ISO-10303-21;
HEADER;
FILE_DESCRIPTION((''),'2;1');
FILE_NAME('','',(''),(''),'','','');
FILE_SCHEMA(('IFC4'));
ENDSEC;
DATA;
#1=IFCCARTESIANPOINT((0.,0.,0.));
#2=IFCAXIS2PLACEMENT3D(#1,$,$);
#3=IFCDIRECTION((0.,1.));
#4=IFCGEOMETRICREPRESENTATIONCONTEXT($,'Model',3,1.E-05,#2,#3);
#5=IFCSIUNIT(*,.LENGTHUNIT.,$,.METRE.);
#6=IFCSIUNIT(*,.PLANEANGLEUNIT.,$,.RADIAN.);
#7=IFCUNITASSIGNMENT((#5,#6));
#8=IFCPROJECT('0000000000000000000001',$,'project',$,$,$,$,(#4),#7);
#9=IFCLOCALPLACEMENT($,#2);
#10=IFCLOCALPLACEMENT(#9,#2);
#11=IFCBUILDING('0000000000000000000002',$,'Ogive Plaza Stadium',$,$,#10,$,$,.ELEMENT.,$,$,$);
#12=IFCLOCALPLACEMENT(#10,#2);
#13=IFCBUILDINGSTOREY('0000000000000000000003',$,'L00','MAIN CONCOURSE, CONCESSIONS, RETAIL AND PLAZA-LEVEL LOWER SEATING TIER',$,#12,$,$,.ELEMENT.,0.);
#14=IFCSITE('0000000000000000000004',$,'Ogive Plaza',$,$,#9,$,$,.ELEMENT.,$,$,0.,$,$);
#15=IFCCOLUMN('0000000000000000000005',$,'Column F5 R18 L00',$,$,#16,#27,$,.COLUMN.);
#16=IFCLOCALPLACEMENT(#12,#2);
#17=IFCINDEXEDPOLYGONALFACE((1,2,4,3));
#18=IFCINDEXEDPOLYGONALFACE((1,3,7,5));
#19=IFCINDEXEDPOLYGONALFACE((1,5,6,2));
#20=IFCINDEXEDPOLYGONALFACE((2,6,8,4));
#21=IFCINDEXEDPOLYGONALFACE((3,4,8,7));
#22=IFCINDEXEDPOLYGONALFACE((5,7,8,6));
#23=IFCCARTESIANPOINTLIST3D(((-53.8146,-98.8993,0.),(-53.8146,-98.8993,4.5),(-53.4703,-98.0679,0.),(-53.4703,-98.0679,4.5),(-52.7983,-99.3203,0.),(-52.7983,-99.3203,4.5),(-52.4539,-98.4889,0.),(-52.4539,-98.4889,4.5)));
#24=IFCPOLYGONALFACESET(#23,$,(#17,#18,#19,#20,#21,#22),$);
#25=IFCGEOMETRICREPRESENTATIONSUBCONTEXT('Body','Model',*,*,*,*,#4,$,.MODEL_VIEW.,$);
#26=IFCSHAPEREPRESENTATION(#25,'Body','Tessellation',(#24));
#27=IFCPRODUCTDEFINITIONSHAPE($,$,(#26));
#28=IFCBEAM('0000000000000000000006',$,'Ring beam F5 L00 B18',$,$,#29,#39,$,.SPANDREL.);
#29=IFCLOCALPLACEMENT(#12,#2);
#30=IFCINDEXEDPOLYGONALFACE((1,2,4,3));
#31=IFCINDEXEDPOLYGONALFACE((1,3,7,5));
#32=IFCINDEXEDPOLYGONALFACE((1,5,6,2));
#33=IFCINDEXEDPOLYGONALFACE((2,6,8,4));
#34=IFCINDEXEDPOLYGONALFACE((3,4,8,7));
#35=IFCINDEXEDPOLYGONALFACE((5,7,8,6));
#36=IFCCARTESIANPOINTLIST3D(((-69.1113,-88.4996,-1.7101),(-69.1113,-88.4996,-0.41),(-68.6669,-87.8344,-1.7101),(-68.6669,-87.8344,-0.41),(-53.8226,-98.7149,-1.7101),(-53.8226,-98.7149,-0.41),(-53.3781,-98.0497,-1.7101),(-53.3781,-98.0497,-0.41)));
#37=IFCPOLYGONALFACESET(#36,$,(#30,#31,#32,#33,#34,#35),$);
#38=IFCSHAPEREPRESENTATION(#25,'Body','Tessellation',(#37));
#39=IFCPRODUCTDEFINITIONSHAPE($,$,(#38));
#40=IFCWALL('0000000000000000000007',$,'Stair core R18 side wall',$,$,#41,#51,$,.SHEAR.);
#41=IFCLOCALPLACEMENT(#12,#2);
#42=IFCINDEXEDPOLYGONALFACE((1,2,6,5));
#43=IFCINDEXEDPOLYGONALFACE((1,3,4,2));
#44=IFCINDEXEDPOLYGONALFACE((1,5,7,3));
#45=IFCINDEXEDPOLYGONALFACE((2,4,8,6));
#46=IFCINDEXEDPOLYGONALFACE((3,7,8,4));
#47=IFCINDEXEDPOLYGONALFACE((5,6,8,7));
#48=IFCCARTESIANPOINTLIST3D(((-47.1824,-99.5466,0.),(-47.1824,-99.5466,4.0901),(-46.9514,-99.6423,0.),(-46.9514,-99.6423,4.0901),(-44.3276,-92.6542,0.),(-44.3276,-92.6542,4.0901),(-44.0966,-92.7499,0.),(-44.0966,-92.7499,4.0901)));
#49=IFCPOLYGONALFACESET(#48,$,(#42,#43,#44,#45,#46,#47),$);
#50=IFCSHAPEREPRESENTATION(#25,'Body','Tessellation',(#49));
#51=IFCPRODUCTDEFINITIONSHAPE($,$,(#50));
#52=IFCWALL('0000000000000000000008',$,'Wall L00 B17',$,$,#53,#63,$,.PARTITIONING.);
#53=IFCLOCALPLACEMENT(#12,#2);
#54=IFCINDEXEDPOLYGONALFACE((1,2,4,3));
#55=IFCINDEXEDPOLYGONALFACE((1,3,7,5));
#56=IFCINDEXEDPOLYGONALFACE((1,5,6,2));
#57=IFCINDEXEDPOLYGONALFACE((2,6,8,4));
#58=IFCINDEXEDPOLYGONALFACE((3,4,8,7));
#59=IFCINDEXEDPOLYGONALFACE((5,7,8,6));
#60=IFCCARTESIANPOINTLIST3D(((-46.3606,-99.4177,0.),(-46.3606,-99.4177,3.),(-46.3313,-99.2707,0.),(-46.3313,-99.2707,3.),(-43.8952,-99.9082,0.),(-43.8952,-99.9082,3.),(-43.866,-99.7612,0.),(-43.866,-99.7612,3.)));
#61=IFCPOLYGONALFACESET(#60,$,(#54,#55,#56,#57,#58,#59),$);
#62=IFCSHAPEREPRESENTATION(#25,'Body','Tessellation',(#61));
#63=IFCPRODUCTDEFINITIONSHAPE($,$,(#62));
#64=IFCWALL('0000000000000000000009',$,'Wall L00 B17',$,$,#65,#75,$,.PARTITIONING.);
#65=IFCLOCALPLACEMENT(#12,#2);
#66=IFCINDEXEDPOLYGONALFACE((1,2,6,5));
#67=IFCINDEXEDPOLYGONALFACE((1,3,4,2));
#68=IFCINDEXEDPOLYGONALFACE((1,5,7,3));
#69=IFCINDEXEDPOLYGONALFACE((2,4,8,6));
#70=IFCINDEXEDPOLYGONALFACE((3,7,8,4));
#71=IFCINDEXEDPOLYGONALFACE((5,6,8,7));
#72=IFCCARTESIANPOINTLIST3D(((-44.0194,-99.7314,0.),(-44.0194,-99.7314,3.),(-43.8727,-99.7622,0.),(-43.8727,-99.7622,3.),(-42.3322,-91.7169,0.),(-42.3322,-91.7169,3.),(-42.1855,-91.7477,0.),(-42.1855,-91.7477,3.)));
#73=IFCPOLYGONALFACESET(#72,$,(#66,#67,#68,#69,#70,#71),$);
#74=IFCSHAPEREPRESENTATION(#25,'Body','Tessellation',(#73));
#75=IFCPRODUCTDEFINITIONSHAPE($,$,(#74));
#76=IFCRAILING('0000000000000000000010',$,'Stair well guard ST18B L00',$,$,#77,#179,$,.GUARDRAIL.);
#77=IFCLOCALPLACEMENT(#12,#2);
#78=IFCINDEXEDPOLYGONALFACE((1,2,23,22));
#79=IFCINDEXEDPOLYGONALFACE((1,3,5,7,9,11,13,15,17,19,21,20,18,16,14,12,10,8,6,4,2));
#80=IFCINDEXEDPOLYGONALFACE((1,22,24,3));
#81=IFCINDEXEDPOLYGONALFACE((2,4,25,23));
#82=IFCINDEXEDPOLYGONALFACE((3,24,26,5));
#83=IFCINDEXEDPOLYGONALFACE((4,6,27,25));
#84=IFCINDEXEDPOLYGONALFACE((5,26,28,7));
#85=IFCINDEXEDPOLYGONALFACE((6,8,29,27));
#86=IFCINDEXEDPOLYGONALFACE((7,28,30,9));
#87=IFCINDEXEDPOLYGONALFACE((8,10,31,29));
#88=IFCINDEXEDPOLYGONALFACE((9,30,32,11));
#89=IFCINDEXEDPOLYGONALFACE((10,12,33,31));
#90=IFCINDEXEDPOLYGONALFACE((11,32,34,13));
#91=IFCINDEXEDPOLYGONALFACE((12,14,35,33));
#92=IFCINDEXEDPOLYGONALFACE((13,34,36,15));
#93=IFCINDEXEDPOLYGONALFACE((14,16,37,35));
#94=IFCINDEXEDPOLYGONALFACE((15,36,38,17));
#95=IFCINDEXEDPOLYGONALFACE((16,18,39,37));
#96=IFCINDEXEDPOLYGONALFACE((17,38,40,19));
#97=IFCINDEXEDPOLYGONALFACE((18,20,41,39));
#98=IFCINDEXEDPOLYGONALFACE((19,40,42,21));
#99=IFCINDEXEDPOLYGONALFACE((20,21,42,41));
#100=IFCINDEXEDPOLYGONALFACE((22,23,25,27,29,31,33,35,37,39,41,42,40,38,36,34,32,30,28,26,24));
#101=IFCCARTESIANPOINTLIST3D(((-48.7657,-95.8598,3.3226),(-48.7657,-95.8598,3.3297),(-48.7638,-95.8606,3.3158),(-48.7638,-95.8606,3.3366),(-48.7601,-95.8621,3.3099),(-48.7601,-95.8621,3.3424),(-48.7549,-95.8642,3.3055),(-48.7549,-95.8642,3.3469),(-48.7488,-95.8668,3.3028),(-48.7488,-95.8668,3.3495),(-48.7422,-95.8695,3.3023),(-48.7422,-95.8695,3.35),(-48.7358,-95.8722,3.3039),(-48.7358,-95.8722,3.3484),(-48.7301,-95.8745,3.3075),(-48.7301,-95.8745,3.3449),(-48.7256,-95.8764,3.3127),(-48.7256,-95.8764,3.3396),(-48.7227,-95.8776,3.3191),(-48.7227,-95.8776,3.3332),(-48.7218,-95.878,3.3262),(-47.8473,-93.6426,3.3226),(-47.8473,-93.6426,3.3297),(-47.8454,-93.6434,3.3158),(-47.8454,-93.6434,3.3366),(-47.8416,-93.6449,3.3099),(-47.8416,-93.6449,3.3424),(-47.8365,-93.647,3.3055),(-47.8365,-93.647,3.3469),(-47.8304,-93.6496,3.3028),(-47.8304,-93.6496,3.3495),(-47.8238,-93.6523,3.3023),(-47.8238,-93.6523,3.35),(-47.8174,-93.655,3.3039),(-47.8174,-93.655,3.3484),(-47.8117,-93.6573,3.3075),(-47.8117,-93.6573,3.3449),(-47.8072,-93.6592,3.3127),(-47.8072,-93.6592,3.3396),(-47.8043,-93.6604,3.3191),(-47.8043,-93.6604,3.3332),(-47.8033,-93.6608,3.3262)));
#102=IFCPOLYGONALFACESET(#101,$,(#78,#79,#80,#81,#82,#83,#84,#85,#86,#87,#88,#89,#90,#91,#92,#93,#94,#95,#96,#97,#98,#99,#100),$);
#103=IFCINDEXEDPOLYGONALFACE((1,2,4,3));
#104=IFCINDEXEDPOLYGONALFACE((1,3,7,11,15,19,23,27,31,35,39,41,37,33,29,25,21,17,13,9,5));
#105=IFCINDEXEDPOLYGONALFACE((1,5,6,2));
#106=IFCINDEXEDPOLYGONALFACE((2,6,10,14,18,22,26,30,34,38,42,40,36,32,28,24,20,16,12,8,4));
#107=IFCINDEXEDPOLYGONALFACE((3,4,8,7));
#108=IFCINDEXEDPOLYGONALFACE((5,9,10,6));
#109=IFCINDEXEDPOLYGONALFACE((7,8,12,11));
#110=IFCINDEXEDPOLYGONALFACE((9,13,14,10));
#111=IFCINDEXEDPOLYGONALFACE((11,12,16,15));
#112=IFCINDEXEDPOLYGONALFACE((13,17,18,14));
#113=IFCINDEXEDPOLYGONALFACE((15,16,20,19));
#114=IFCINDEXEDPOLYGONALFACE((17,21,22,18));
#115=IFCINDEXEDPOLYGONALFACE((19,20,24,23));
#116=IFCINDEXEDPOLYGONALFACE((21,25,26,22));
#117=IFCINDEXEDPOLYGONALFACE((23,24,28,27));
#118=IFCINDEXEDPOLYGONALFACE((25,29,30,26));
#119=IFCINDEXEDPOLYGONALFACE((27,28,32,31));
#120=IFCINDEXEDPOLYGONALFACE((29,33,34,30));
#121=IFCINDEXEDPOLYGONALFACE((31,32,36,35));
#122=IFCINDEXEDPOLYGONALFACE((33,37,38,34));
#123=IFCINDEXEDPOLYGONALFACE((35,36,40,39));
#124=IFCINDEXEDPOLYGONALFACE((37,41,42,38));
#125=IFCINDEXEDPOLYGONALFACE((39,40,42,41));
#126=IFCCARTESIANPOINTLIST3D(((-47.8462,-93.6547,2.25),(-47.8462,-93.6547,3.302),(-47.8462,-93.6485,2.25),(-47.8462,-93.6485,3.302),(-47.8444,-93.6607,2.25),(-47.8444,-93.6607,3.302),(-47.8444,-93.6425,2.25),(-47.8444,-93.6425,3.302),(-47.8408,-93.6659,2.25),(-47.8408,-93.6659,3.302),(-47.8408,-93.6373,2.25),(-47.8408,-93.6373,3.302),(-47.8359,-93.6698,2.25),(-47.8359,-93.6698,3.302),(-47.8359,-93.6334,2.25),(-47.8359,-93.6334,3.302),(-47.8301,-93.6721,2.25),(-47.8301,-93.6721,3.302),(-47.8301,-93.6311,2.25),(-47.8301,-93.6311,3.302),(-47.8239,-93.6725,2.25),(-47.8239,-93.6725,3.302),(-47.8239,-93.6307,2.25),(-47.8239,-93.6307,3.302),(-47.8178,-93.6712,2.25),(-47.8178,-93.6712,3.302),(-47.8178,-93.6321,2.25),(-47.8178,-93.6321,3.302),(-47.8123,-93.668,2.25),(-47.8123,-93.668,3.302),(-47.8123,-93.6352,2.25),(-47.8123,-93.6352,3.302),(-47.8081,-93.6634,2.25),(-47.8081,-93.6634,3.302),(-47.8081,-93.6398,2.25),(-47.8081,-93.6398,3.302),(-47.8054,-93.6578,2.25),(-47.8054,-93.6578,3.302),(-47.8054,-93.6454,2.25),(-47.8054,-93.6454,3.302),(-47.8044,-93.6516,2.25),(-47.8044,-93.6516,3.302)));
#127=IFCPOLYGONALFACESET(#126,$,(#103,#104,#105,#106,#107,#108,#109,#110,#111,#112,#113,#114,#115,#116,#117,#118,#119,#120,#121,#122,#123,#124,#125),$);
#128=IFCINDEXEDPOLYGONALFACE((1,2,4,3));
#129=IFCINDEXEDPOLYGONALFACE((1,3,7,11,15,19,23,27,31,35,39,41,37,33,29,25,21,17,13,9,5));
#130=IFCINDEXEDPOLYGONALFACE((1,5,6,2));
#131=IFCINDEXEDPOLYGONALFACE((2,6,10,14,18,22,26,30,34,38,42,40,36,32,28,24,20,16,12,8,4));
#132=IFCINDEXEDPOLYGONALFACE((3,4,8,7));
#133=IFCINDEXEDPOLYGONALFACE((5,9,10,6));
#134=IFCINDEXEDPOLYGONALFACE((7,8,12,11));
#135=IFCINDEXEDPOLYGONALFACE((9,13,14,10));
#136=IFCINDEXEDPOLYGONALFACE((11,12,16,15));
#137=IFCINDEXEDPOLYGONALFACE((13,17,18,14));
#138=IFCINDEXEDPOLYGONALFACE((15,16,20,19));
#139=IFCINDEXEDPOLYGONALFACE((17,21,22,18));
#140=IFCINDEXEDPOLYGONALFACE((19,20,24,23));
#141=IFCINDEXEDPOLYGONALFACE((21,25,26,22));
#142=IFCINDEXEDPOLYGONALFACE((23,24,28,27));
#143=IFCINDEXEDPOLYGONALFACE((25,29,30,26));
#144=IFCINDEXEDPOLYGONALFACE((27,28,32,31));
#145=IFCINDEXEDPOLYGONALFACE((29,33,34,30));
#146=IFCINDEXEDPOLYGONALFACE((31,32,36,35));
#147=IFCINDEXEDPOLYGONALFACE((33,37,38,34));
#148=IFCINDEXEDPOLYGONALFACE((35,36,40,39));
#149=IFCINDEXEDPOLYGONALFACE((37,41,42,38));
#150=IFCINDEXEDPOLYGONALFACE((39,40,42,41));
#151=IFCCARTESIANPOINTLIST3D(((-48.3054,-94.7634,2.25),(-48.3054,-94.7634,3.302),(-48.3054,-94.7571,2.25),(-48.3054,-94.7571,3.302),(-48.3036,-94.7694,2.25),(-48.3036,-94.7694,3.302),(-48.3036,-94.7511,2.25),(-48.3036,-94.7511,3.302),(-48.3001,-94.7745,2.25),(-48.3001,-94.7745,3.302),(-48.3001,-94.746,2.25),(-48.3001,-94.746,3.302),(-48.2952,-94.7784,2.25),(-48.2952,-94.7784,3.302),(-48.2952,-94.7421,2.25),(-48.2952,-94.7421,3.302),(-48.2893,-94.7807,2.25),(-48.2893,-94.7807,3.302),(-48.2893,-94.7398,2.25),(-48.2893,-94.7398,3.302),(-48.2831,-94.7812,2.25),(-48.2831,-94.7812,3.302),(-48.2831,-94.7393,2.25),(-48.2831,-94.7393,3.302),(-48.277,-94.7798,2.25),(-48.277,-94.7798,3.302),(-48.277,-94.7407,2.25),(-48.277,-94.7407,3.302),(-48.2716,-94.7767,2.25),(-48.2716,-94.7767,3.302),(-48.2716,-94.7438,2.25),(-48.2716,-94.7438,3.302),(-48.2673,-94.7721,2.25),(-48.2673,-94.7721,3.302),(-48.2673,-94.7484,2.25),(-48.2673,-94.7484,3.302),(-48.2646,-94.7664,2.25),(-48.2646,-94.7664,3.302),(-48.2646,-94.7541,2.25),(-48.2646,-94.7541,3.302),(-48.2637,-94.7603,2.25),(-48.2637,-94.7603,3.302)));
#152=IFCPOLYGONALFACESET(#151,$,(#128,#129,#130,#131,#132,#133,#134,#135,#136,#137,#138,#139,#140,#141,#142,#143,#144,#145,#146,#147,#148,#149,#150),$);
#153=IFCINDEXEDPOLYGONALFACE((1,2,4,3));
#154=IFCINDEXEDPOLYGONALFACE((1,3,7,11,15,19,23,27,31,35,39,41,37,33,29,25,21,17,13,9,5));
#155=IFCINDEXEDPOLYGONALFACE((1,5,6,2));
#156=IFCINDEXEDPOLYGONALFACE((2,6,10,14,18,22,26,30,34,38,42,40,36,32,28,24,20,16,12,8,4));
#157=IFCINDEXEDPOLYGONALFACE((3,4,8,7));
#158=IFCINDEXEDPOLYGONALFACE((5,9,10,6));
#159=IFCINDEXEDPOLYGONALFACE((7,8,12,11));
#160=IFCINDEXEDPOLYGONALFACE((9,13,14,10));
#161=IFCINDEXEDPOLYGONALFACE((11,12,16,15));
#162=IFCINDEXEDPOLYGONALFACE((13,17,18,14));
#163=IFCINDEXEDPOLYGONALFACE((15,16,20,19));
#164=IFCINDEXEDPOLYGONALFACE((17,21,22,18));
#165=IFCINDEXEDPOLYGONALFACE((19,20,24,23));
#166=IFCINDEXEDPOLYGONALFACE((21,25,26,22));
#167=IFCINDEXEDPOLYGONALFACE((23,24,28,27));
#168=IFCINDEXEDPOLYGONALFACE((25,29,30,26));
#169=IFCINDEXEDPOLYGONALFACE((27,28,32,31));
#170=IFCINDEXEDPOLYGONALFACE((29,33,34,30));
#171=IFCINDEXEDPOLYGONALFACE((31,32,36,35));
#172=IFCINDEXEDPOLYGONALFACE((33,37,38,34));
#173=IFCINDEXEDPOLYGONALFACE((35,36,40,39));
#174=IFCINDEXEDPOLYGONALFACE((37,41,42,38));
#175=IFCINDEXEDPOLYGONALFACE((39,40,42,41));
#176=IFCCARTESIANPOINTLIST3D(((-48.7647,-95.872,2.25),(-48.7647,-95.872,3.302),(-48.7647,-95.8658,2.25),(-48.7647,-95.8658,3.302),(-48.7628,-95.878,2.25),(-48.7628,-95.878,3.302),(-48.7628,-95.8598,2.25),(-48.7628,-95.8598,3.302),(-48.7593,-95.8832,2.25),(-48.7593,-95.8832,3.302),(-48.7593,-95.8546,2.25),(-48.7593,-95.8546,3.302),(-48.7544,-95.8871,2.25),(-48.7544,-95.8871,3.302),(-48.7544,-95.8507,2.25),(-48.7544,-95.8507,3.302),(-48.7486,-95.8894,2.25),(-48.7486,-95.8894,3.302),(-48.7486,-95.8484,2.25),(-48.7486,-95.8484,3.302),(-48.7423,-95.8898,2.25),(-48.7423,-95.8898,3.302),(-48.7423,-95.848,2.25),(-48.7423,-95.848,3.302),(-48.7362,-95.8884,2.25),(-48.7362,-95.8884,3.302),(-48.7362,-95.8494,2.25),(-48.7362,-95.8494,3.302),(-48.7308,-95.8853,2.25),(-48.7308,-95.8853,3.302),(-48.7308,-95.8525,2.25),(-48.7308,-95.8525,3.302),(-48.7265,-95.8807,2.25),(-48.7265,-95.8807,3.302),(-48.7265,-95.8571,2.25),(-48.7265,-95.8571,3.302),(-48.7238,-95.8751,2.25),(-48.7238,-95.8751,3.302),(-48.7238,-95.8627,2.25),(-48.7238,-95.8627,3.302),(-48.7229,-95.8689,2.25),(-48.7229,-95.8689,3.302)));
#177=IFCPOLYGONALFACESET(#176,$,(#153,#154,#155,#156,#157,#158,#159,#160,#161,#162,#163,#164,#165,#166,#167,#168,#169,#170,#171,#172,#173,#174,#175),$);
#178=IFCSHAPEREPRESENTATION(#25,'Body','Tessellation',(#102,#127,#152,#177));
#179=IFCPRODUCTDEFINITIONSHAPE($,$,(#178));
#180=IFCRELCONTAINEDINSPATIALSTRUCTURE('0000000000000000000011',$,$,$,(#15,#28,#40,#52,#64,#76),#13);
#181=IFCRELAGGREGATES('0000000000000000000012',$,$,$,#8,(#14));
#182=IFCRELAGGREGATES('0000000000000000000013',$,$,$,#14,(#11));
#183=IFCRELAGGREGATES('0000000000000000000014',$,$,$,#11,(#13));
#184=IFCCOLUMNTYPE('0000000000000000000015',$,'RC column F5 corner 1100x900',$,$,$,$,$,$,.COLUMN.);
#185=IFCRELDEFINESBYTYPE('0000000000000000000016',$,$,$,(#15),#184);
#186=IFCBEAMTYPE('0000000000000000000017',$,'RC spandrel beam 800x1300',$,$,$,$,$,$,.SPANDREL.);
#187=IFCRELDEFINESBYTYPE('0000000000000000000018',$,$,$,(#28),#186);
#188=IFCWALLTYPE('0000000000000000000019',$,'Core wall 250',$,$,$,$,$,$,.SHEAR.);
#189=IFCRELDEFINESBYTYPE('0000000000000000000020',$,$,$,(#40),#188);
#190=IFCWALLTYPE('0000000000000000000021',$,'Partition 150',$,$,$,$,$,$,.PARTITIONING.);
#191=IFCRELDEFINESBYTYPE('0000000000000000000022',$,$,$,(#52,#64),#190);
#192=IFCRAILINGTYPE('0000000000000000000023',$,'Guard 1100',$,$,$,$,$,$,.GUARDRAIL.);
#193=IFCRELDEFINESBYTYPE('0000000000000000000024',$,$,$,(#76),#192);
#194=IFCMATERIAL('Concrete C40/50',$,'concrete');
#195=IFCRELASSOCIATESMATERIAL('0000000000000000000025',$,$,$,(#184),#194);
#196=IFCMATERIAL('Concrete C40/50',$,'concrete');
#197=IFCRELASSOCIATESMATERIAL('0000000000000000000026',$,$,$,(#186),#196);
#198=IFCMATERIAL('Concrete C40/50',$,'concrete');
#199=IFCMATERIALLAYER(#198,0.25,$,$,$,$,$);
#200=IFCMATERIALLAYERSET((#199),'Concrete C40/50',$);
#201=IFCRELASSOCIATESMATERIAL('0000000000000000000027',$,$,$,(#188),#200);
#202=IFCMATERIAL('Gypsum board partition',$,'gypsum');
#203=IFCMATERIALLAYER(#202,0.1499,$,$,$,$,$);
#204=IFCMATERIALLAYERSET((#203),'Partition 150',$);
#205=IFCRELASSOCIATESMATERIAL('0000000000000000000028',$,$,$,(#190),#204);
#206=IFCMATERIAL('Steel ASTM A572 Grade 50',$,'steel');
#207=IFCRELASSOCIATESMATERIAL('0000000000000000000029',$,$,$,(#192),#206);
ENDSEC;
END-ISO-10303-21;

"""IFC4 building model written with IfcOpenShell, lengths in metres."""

from ifc_helpers import new_model, si_unit, direction, frame, frame_2d, origin, origin_2d, place, context, subcontext, project, spatial, rectangle, circle, extrude, material, layer, layer_set, material_profile, profile_set, type_object, element, save


model = new_model("IFC4")

# Units and contexts
model_context = context("Model", 3, precision=1e-05, world=origin(), true_north=direction((0.0, 1.0)))
body_context = subcontext(model_context, "Body", "Model", "MODEL_VIEW")
ifc_project = project(units=[si_unit("LENGTHUNIT", "METRE"), si_unit("PLANEANGLEUNIT", "RADIAN")], contexts=[model_context])

# Site, building, storey
site_placement = place(None, origin())
site = spatial("IfcSite", under=ifc_project, at=site_placement, Name="Ogive Plaza", CompositionType="ELEMENT", RefElevation=0.0)
building_placement = place(site_placement, origin())
building = spatial("IfcBuilding", under=site, at=building_placement, Name="Ogive Plaza Stadium", CompositionType="ELEMENT")
storey_placement = place(building_placement, origin())
storey = spatial("IfcBuildingStorey", under=building, at=storey_placement, Name="L00", Description="MAIN CONCOURSE, CONCESSIONS, RETAIL AND PLAZA-LEVEL LOWER SEATING TIER", CompositionType="ELEMENT", Elevation=0.0)

# Column
ifc_material_1 = material(Name="Concrete C40/50", Category="concrete")
ifc_material_profile_1 = material_profile(ifc_material_1, rectangle(XDim=1.1001, YDim=0.8999, at=origin_2d()), Name="RC 1100x900")
ifc_profile_set_1 = profile_set([ifc_material_profile_1], Name="Concrete C40/50")
column_type = type_object("IfcColumnType", Name="RC column F5 corner 1100x900", PredefinedType="COLUMN", material=ifc_profile_set_1)
column_placement = place(storey_placement, frame((-53.1343, -98.6941, 0.0), z_axis=(0.0, 0.0, 1.0), x_axis=(0.92388, -0.382683, 0.0)))
element("IfcColumn", 1, at=column_placement, inside=storey, type_object=column_type, Name="Column F5 R18 L00", PredefinedType="COLUMN", context=body_context, shape_type="SweptSolid", body=[
    extrude(rectangle(XDim=1.1001, YDim=0.8999, at=origin_2d()), origin(), (0.0, 0.0, 1.0), 4.5),
])

# Beam
ifc_material_2 = material(Name="Concrete C40/50", Category="concrete")
ifc_material_profile_2 = material_profile(ifc_material_2, rectangle(XDim=0.8, YDim=1.3, at=origin_2d()), Name="RC 800x1300")
ifc_profile_set_2 = profile_set([ifc_material_profile_2], Name="Concrete C40/50")
beam_type = type_object("IfcBeamType", Name="RC spandrel beam 800x1300", PredefinedType="SPANDREL", material=ifc_profile_set_2)
beam_placement = place(storey_placement, frame((-53.6003, -98.3823, -1.0601), z_axis=(-0.831478, 0.555558, 0.0), x_axis=(-0.555558, -0.831478, 0.0)))
element("IfcBeam", 2, at=beam_placement, inside=storey, type_object=beam_type, Name="Ring beam F5 L00 B18", PredefinedType="SPANDREL", context=body_context, shape_type="SweptSolid", body=[
    extrude(rectangle(XDim=0.8, YDim=1.3, at=origin_2d()), origin(), (0.0, 0.0, 1.0), 18.3875),
])

# Walls
ifc_material_3 = material(Name="Concrete C40/50", Category="concrete")
ifc_layer_1 = layer(ifc_material_3, 0.25)
ifc_layer_set_1 = layer_set([ifc_layer_1], Name="Concrete C40/50")
wall_type_1 = type_object("IfcWallType", Name="Core wall 250", PredefinedType="SHEAR", material=ifc_layer_set_1)
wall_1_placement = place(storey_placement, frame((-44.2122, -92.7021, 0.0), z_axis=(0.0, 0.0, 1.0), x_axis=(-0.382665, -0.923887, 0.0)))
element("IfcWall", 3, at=wall_1_placement, inside=storey, type_object=wall_type_1, Name="Stair core R18 side wall", PredefinedType="SHEAR", context=body_context, shape_type="SweptSolid", body=[
    extrude(rectangle(XDim=7.4602, YDim=0.25, at=frame_2d((3.73, 0.0))), origin(), (0.0, 0.0, 1.0), 4.0901),
])
ifc_material_4 = material(Name="Gypsum board partition", Category="gypsum")
ifc_layer_2 = layer(ifc_material_4, 0.1499)
ifc_layer_set_2 = layer_set([ifc_layer_2], Name="Partition 150")
wall_type_2 = type_object("IfcWallType", Name="Partition 150", PredefinedType="PARTITIONING", material=ifc_layer_set_2)
wall_2_placement = place(storey_placement, frame((-46.3459, -99.3442, 0.0), z_axis=(0.0, 0.0, 1.0), x_axis=(0.980778, -0.195126, 0.0)))
element("IfcWall", 4, at=wall_2_placement, inside=storey, type_object=wall_type_2, Name="Wall L00 B17", PredefinedType="PARTITIONING", context=body_context, shape_type="SweptSolid", body=[
    extrude(rectangle(XDim=2.5137, YDim=0.1499, at=frame_2d((1.2568, 0.0))), origin(), (0.0, 0.0, 1.0), 3.0),
])
wall_3_placement = place(storey_placement, frame((-42.2588, -91.7322, 0.0), z_axis=(0.0, 0.0, 1.0), x_axis=(-0.206012, -0.978549, 0.0)))
element("IfcWall", 5, at=wall_3_placement, inside=storey, type_object=wall_type_2, Name="Wall L00 B17", PredefinedType="PARTITIONING", context=body_context, shape_type="SweptSolid", body=[
    extrude(rectangle(XDim=8.1902, YDim=0.1499, at=frame_2d((4.0952, 0.0))), origin(), (0.0, 0.0, 1.0), 3.0),
])

# Railing
ifc_material_5 = material(Name="Steel ASTM A572 Grade 50", Category="steel")
railing_type_1 = type_object("IfcRailingType", Name="Guard 1100", PredefinedType="GUARDRAIL", material=ifc_material_5)
railing_1_placement = place(storey_placement, frame((-47.8254, -93.6516, 2.25)))
element("IfcRailing", 6, at=railing_1_placement, inside=storey, type_object=railing_type_1, Name="Stair well guard ST18B L00", PredefinedType="GUARDRAIL", context=body_context, shape_type="SweptSolid", body=[
    extrude(circle(Radius=0.0239, at=origin_2d()), frame((0.0, 0.0, 1.0762), z_axis=(-0.382693, -0.923875, 0.0), x_axis=(0.923875, -0.382693, 0.0)), (0.0, 0.0, 1.0), 2.3999),
    extrude(circle(Radius=0.021, at=origin_2d()), origin(), (0.0, 0.0, 1.0), 1.052),
    extrude(circle(Radius=0.021, at=origin_2d()), frame((-0.4592, -1.1086, 0.0)), (0.0, 0.0, 1.0), 1.052),
    extrude(circle(Radius=0.021, at=origin_2d()), frame((-0.9185, -2.2173, 0.0)), (0.0, 0.0, 1.0), 1.052),
])

save(model, "model.ifc")
